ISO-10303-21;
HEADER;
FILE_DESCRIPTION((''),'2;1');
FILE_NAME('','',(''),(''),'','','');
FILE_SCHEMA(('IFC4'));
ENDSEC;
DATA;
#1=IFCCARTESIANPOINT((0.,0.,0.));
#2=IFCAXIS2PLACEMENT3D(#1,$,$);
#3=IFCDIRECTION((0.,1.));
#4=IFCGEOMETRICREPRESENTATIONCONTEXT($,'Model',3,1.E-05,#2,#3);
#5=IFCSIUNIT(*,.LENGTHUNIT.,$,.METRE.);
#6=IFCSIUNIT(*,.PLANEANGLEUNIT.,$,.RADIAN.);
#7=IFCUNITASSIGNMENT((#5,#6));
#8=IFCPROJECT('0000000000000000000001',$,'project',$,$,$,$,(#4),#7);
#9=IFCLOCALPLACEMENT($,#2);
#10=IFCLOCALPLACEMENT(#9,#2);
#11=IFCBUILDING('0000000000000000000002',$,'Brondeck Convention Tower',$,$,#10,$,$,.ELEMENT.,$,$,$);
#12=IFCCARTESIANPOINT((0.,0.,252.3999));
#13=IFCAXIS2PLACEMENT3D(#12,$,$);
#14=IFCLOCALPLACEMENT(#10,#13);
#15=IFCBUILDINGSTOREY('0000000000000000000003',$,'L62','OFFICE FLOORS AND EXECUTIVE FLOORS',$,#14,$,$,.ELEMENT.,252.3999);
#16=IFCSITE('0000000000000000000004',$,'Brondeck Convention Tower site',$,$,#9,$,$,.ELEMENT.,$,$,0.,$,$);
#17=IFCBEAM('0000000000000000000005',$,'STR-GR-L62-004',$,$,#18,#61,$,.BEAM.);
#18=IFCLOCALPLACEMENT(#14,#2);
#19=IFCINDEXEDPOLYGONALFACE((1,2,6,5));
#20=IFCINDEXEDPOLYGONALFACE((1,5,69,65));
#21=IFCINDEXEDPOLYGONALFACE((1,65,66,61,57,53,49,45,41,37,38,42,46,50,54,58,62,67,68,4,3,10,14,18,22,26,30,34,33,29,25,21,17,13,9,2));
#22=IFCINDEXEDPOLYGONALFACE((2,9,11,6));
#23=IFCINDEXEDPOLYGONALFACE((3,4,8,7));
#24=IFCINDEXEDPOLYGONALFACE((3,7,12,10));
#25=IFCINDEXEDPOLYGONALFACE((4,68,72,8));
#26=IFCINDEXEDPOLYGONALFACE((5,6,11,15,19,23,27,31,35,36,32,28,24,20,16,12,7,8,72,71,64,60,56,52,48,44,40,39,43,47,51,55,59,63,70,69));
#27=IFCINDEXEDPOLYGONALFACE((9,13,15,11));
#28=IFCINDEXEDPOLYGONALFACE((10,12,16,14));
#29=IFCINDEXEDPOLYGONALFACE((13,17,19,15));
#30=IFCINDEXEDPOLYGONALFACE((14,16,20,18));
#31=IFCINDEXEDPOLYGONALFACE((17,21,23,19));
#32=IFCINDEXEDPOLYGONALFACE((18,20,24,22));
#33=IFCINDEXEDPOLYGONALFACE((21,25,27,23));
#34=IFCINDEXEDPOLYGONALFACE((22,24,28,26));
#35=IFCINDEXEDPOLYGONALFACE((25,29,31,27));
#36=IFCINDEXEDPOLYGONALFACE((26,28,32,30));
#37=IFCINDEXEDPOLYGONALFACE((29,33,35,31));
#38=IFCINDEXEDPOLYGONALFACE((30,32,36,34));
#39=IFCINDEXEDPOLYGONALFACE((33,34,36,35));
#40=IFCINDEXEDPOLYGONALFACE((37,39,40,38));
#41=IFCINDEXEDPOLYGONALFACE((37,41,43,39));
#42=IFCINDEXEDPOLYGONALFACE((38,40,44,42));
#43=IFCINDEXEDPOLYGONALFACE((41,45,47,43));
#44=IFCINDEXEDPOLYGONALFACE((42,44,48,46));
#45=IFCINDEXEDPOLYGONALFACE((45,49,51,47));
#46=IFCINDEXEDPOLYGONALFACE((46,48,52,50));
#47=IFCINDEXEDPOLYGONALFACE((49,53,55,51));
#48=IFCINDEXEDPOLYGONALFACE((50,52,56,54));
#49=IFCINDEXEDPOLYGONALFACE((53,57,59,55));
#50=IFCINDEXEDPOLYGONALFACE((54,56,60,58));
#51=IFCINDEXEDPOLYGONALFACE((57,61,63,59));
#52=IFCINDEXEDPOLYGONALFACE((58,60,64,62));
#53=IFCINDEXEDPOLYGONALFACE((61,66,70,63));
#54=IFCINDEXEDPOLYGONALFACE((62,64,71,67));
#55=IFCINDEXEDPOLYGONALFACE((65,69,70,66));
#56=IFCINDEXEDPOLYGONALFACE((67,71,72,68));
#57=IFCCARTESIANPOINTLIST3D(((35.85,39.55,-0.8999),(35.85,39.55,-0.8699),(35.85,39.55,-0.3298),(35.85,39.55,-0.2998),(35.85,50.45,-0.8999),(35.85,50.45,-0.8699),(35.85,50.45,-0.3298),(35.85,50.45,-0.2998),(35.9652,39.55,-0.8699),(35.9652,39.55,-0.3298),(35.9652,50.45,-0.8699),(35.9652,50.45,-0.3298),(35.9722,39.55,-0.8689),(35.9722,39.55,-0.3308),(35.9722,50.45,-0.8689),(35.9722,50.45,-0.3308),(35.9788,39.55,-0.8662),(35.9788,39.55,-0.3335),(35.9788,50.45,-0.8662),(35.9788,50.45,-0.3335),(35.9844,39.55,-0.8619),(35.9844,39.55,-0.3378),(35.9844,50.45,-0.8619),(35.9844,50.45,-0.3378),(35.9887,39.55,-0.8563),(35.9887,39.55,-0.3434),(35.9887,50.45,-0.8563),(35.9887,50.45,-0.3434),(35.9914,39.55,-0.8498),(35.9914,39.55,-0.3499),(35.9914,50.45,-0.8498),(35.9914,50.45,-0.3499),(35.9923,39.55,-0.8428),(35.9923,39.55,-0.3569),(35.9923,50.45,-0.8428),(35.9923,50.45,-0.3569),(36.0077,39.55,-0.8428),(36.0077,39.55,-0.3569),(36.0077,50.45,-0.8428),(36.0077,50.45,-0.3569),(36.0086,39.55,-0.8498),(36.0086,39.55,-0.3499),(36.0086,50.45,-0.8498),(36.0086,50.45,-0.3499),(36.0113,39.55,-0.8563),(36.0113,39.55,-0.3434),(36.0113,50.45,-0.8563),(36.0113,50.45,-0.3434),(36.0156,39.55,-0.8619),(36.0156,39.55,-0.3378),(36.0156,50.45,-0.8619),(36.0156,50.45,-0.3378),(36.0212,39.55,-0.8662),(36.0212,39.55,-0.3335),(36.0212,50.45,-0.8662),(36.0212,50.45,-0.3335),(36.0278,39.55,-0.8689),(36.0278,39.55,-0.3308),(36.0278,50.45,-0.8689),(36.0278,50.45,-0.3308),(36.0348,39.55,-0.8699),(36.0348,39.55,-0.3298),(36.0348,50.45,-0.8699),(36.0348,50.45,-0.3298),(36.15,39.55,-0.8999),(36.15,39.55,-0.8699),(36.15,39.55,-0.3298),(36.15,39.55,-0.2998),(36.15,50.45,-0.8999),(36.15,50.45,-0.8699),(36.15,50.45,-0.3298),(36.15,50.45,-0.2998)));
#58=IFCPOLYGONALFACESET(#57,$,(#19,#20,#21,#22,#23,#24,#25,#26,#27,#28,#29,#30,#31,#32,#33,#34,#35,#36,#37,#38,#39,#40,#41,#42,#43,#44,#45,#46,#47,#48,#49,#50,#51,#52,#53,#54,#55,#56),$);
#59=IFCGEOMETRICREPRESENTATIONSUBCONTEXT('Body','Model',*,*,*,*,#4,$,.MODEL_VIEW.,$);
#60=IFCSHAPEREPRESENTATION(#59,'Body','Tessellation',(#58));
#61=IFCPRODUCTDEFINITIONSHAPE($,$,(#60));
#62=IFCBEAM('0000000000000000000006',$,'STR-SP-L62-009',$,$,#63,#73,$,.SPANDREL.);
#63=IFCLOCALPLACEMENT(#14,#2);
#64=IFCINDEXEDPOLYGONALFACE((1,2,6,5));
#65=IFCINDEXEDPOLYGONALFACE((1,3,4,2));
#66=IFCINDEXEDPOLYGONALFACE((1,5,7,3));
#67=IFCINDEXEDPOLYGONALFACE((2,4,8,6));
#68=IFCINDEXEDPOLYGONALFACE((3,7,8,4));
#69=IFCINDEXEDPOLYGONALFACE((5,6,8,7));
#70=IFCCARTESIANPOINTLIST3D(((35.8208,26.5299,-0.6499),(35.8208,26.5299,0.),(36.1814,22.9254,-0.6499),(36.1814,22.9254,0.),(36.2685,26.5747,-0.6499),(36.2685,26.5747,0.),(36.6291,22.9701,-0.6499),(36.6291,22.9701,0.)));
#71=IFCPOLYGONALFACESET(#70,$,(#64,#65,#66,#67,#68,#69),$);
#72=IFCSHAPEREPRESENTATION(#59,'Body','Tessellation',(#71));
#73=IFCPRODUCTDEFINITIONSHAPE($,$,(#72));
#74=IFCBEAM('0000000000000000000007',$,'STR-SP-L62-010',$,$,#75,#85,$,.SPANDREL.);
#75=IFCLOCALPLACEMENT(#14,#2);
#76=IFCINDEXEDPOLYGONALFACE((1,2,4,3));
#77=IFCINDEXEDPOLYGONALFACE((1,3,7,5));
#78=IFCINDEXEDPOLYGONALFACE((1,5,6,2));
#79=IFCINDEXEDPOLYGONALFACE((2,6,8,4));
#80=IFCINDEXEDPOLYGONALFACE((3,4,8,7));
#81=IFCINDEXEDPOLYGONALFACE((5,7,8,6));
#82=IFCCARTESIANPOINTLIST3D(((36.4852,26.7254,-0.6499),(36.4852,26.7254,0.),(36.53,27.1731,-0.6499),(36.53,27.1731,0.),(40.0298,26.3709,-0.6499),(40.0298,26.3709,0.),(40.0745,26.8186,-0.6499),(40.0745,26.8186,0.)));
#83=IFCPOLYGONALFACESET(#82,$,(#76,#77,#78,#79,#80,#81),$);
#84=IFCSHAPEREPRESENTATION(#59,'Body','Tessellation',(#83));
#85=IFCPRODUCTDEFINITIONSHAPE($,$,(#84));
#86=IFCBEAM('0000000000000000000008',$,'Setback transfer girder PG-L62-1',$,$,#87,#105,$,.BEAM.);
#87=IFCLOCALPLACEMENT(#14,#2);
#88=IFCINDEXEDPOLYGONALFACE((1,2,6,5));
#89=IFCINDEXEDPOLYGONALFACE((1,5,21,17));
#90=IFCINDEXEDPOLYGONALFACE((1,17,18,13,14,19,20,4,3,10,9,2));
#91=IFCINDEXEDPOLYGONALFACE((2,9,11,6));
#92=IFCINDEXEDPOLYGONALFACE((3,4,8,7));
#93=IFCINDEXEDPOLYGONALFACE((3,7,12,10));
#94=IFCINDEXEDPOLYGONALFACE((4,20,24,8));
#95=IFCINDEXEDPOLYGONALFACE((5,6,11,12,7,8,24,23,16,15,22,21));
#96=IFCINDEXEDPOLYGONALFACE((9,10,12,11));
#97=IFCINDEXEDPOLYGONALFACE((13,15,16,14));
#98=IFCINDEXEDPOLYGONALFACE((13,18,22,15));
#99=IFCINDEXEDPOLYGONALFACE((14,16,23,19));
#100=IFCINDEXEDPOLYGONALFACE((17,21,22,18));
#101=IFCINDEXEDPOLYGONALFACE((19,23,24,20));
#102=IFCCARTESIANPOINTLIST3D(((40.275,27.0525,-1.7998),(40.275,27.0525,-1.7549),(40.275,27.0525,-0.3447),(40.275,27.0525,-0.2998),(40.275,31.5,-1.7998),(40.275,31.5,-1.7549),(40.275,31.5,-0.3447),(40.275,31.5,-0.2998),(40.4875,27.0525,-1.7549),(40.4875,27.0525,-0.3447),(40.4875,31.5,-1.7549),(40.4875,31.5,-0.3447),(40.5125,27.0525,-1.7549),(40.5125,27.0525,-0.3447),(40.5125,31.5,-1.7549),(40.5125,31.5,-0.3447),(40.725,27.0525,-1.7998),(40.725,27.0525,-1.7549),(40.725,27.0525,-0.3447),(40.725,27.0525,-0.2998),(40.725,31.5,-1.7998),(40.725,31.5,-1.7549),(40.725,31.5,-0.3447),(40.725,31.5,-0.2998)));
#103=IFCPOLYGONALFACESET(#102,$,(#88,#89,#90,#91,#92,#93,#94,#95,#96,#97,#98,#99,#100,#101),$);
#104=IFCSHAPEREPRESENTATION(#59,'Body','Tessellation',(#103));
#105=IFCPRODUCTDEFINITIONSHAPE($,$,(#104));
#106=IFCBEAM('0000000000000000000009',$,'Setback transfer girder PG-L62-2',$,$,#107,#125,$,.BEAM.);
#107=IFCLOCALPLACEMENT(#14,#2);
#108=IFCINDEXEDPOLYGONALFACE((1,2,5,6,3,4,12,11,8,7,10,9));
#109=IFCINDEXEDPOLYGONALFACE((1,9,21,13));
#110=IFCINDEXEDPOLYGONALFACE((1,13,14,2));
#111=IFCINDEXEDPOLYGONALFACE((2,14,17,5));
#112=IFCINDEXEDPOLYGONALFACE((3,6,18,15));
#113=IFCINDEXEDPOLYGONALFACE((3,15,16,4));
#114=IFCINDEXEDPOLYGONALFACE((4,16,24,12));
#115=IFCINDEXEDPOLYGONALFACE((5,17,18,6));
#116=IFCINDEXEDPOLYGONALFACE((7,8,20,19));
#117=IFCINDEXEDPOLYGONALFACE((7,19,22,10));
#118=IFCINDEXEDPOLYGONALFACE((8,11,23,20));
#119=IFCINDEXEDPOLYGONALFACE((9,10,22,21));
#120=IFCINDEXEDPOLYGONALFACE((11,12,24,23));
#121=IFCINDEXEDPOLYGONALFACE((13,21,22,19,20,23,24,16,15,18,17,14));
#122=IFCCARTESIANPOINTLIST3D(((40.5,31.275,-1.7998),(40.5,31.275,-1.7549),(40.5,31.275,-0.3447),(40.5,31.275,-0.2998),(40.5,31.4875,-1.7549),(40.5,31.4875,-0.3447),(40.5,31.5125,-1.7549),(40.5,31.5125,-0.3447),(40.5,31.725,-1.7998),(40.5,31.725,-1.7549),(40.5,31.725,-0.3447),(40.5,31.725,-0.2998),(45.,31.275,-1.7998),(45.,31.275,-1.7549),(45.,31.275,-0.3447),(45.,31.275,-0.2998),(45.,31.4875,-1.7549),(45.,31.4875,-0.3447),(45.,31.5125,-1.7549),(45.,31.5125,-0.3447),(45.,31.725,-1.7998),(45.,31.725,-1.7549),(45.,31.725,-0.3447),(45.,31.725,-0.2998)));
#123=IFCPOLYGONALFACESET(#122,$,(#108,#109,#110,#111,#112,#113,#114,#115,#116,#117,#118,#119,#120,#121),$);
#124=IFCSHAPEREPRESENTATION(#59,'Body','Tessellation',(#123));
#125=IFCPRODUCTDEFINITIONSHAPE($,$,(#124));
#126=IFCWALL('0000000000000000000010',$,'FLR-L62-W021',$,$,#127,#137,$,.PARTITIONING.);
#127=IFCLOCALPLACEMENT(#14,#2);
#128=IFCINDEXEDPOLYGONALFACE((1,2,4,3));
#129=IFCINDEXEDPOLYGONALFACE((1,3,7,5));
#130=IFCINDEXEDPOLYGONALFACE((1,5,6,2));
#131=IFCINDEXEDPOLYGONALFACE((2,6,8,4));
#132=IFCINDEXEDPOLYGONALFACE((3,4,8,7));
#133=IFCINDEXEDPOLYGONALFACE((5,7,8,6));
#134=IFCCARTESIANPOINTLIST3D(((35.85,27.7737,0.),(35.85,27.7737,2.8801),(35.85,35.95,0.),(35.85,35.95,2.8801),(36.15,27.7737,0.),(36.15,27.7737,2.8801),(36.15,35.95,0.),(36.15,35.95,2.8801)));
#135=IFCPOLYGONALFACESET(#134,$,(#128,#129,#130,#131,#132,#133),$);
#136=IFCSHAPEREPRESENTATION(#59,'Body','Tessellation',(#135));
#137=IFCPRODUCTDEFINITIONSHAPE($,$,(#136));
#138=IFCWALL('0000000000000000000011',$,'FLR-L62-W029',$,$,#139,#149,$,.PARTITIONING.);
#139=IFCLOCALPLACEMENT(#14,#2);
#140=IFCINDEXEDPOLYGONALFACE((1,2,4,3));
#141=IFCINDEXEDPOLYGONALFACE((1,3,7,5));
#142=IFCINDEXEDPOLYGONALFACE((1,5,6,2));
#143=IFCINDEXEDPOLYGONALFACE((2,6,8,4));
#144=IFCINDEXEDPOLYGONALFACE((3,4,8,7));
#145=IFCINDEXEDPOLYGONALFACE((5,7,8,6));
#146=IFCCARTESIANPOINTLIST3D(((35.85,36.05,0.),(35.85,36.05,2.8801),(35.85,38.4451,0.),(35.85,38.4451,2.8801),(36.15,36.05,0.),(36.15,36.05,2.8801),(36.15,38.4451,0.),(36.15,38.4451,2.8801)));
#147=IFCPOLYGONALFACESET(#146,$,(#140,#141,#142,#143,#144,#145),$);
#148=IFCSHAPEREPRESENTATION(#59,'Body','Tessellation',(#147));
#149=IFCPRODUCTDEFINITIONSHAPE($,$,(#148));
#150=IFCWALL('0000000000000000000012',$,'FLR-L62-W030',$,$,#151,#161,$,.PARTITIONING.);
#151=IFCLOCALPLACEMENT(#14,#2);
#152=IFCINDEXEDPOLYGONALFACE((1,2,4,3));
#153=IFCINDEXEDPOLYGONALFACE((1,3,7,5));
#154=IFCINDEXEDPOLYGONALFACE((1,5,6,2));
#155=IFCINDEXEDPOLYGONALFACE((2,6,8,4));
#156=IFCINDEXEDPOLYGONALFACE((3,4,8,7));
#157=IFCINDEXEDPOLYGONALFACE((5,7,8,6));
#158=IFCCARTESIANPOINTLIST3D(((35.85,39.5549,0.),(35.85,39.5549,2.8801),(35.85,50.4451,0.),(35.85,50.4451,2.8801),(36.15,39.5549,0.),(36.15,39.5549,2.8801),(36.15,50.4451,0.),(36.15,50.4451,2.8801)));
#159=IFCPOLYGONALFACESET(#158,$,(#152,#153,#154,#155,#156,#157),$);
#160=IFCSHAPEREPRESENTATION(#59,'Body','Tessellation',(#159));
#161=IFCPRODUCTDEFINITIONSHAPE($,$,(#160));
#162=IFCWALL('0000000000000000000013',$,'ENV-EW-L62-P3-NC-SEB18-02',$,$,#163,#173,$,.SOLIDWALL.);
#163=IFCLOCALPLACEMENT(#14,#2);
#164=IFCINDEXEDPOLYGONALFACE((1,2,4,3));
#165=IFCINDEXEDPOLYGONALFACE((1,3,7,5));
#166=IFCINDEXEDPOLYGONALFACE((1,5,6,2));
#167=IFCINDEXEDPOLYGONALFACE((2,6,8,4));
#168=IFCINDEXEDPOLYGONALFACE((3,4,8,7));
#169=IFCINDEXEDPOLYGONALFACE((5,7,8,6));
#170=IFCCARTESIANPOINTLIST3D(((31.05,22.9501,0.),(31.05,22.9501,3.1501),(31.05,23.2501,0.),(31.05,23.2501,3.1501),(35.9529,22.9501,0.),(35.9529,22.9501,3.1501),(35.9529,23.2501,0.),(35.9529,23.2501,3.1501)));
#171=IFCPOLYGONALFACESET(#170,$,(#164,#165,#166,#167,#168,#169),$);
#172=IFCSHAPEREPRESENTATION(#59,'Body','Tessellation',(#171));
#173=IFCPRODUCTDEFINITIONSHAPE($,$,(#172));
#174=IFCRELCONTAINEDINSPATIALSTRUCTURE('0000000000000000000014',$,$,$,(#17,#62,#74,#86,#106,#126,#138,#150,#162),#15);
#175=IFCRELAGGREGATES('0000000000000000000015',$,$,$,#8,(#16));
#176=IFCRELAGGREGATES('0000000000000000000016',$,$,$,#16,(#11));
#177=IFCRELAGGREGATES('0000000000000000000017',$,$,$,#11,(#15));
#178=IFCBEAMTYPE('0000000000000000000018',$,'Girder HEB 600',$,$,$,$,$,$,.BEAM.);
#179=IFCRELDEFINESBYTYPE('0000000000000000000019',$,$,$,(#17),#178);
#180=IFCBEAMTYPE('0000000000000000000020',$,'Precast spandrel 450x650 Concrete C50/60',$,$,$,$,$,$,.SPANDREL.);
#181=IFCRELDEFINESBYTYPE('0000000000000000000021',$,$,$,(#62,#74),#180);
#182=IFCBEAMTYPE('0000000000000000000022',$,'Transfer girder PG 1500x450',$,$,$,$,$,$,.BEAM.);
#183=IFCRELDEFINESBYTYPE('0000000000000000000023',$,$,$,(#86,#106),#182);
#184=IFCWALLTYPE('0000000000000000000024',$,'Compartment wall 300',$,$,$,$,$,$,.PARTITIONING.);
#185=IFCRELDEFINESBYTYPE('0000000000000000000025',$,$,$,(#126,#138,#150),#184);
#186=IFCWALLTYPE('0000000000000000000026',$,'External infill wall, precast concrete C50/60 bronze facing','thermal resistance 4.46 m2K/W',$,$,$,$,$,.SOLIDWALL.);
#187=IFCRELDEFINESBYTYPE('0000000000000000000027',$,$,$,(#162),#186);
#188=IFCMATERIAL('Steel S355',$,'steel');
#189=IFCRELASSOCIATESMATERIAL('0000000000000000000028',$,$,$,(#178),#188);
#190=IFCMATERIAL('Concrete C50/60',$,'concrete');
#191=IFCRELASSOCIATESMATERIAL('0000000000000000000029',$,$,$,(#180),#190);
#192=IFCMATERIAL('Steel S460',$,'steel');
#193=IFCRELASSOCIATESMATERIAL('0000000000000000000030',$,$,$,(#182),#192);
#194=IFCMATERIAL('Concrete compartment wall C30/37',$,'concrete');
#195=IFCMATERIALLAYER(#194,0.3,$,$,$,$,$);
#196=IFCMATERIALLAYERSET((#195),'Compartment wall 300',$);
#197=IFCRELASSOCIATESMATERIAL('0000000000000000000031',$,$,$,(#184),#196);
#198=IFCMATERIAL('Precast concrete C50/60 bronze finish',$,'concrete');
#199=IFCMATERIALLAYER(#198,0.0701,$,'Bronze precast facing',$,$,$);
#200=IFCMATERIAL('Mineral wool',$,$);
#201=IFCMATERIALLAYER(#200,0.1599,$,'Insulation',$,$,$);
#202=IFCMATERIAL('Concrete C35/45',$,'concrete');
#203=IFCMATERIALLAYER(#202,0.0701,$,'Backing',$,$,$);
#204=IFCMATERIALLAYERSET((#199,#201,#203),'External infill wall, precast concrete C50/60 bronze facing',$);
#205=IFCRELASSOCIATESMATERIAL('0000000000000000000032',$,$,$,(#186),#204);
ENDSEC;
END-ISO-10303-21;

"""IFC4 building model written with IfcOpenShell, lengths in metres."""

from ifc_helpers import new_model, si_unit, direction, frame, frame_2d, origin, origin_2d, place, context, subcontext, project, spatial, rectangle, i_section, extrude, material, layer, layer_set, material_profile, profile_set, type_object, element, save


model = new_model("IFC4")

# Units and contexts
model_context = context("Model", 3, precision=1e-05, world=origin(), true_north=direction((0.0, 1.0)))
body_context = subcontext(model_context, "Body", "Model", "MODEL_VIEW")
ifc_project = project(units=[si_unit("LENGTHUNIT", "METRE"), si_unit("PLANEANGLEUNIT", "RADIAN")], contexts=[model_context])

# Site, building, storey
site_placement = place(None, origin())
site = spatial("IfcSite", under=ifc_project, at=site_placement, Name="Brondeck Convention Tower site", CompositionType="ELEMENT", RefElevation=0.0)
building_placement = place(site_placement, origin())
building = spatial("IfcBuilding", under=site, at=building_placement, Name="Brondeck Convention Tower", CompositionType="ELEMENT")
storey_placement = place(building_placement, frame((0.0, 0.0, 252.3999)))
storey = spatial("IfcBuildingStorey", under=building, at=storey_placement, Name="L62", Description="OFFICE FLOORS AND EXECUTIVE FLOORS", CompositionType="ELEMENT", Elevation=252.3999)

# Shared definitions
ifc_material_1 = material(Name="Concrete C50/60", Category="concrete")

# Beams
ifc_material_2 = material(Name="Steel S355", Category="steel")
ifc_material_profile_1 = material_profile(ifc_material_2, i_section(OverallWidth=0.3, OverallDepth=0.6001, WebThickness=0.0154, FlangeThickness=0.03, FilletRadius=0.0271, at=origin_2d()), Name="HEB 600")
ifc_profile_set_1 = profile_set([ifc_material_profile_1], Name="Steel S355")
beam_type_1 = type_object("IfcBeamType", Name="Girder HEB 600", PredefinedType="BEAM", material=ifc_profile_set_1)
beam_1_placement = place(storey_placement, frame((36.0, 39.55, -0.5999), z_axis=(0.0, 1.0, 0.0), x_axis=(-1.0, 0.0, 0.0)))
element("IfcBeam", 1, at=beam_1_placement, inside=storey, type_object=beam_type_1, Name="STR-GR-L62-004", PredefinedType="BEAM", context=body_context, shape_type="SweptSolid", body=[
    extrude(i_section(OverallWidth=0.3, OverallDepth=0.6001, WebThickness=0.0154, FlangeThickness=0.03, FilletRadius=0.0271, at=origin_2d()), origin(), (0.0, 0.0, 1.0), 10.8999),
])
ifc_material_profile_2 = material_profile(ifc_material_1, rectangle(XDim=0.45, YDim=0.6499, at=origin_2d()), Name="Precast spandrel 450x650 Concrete C50/60")
ifc_profile_set_2 = profile_set([ifc_material_profile_2], Name="Concrete C50/60")
beam_type_2 = type_object("IfcBeamType", Name="Precast spandrel 450x650 Concrete C50/60", PredefinedType="SPANDREL", material=ifc_profile_set_2)
beam_2_placement = place(storey_placement, frame((36.4053, 22.9478, -0.325), z_axis=(-0.099544, 0.995033, 0.0), x_axis=(-0.995033, -0.099544, 0.0)))
element("IfcBeam", 2, at=beam_2_placement, inside=storey, type_object=beam_type_2, Name="STR-SP-L62-009", PredefinedType="SPANDREL", context=body_context, shape_type="SweptSolid", body=[
    extrude(rectangle(XDim=0.45, YDim=0.6499, at=origin_2d()), origin(), (0.0, 0.0, 1.0), 3.6226),
])
beam_3_placement = place(storey_placement, frame((36.5076, 26.9492, -0.325), z_axis=(0.995037, -0.099511, 0.0), x_axis=(0.099511, 0.995037, 0.0)))
element("IfcBeam", 3, at=beam_3_placement, inside=storey, type_object=beam_type_2, Name="STR-SP-L62-010", PredefinedType="SPANDREL", context=body_context, shape_type="SweptSolid", body=[
    extrude(rectangle(XDim=0.45, YDim=0.6499, at=origin_2d()), origin(), (0.0, 0.0, 1.0), 3.5623),
])
ifc_material_3 = material(Name="Steel S460", Category="steel")
ifc_material_profile_3 = material_profile(ifc_material_3, i_section(OverallWidth=0.45, OverallDepth=1.5, WebThickness=0.0249, FlangeThickness=0.0449, at=origin_2d()), Name="PG 1500x450")
ifc_profile_set_3 = profile_set([ifc_material_profile_3], Name="Steel S460")
beam_type_3 = type_object("IfcBeamType", Name="Transfer girder PG 1500x450", PredefinedType="BEAM", material=ifc_profile_set_3)
beam_4_placement = place(storey_placement, frame((40.5, 27.0525, -1.0498), z_axis=(0.0, 1.0, 0.0), x_axis=(-1.0, 0.0, 0.0)))
element("IfcBeam", 4, at=beam_4_placement, inside=storey, type_object=beam_type_3, Name="Setback transfer girder PG-L62-1", PredefinedType="BEAM", context=body_context, shape_type="SweptSolid", body=[
    extrude(i_section(OverallWidth=0.45, OverallDepth=1.5, WebThickness=0.0249, FlangeThickness=0.0449, at=origin_2d()), origin(), (0.0, 0.0, 1.0), 4.4475),
])
beam_5_placement = place(storey_placement, frame((40.5, 31.5, -1.0498), z_axis=(1.0, 0.0, 0.0), x_axis=(0.0, 1.0, 0.0)))
element("IfcBeam", 5, at=beam_5_placement, inside=storey, type_object=beam_type_3, Name="Setback transfer girder PG-L62-2", PredefinedType="BEAM", context=body_context, shape_type="SweptSolid", body=[
    extrude(i_section(OverallWidth=0.45, OverallDepth=1.5, WebThickness=0.0249, FlangeThickness=0.0449, at=origin_2d()), origin(), (0.0, 0.0, 1.0), 4.5),
])

# Walls
ifc_material_4 = material(Name="Concrete compartment wall C30/37", Category="concrete")
ifc_layer_1 = layer(ifc_material_4, 0.3)
ifc_layer_set_1 = layer_set([ifc_layer_1], Name="Compartment wall 300")
wall_type_1 = type_object("IfcWallType", Name="Compartment wall 300", PredefinedType="PARTITIONING", material=ifc_layer_set_1)
wall_1_placement = place(storey_placement, frame((36.0, 27.7737, 0.0), z_axis=(0.0, 0.0, 1.0), x_axis=(0.0, 1.0, 0.0)))
element("IfcWall", 6, at=wall_1_placement, inside=storey, type_object=wall_type_1, Name="FLR-L62-W021", PredefinedType="PARTITIONING", context=body_context, shape_type="SweptSolid", body=[
    extrude(rectangle(XDim=8.1763, YDim=0.3, at=frame_2d((4.0881, 0.0))), origin(), (0.0, 0.0, 1.0), 2.8801),
])
wall_2_placement = place(storey_placement, frame((36.0, 36.05, 0.0), z_axis=(0.0, 0.0, 1.0), x_axis=(0.0, 1.0, 0.0)))
element("IfcWall", 7, at=wall_2_placement, inside=storey, type_object=wall_type_1, Name="FLR-L62-W029", PredefinedType="PARTITIONING", context=body_context, shape_type="SweptSolid", body=[
    extrude(rectangle(XDim=2.395, YDim=0.3, at=frame_2d((1.1975, 0.0))), origin(), (0.0, 0.0, 1.0), 2.8801),
])
wall_3_placement = place(storey_placement, frame((36.0, 39.5549, 0.0), z_axis=(0.0, 0.0, 1.0), x_axis=(0.0, 1.0, 0.0)))
element("IfcWall", 8, at=wall_3_placement, inside=storey, type_object=wall_type_1, Name="FLR-L62-W030", PredefinedType="PARTITIONING", context=body_context, shape_type="SweptSolid", body=[
    extrude(rectangle(XDim=10.8901, YDim=0.3, at=frame_2d((5.4451, 0.0))), origin(), (0.0, 0.0, 1.0), 2.8801),
])
ifc_material_5 = material(Name="Precast concrete C50/60 bronze finish", Category="concrete")
ifc_layer_2 = layer(ifc_material_5, 0.0701, Name="Bronze precast facing")
ifc_material_6 = material(Name="Mineral wool")
ifc_layer_3 = layer(ifc_material_6, 0.1599, Name="Insulation")
ifc_material_7 = material(Name="Concrete C35/45", Category="concrete")
ifc_layer_4 = layer(ifc_material_7, 0.0701, Name="Backing")
ifc_layer_set_2 = layer_set([ifc_layer_2, ifc_layer_3, ifc_layer_4], Name="External infill wall, precast concrete C50/60 bronze facing")
wall_type_2 = type_object("IfcWallType", Name="External infill wall, precast concrete C50/60 bronze facing", Description="thermal resistance 4.46 m2K/W", PredefinedType="SOLIDWALL", material=ifc_layer_set_2)
wall_4_placement = place(storey_placement, frame((35.9529, 23.1001, 0.0), z_axis=(0.0, 0.0, 1.0), x_axis=(-1.0, 0.0, 0.0)))
element("IfcWall", 9, at=wall_4_placement, inside=storey, type_object=wall_type_2, Name="ENV-EW-L62-P3-NC-SEB18-02", PredefinedType="SOLIDWALL", context=body_context, shape_type="SweptSolid", body=[
    extrude(rectangle(XDim=4.9028, YDim=0.3, at=frame_2d((2.4514, 0.0))), origin(), (0.0, 0.0, 1.0), 3.1501),
])

save(model, "model.ifc")
